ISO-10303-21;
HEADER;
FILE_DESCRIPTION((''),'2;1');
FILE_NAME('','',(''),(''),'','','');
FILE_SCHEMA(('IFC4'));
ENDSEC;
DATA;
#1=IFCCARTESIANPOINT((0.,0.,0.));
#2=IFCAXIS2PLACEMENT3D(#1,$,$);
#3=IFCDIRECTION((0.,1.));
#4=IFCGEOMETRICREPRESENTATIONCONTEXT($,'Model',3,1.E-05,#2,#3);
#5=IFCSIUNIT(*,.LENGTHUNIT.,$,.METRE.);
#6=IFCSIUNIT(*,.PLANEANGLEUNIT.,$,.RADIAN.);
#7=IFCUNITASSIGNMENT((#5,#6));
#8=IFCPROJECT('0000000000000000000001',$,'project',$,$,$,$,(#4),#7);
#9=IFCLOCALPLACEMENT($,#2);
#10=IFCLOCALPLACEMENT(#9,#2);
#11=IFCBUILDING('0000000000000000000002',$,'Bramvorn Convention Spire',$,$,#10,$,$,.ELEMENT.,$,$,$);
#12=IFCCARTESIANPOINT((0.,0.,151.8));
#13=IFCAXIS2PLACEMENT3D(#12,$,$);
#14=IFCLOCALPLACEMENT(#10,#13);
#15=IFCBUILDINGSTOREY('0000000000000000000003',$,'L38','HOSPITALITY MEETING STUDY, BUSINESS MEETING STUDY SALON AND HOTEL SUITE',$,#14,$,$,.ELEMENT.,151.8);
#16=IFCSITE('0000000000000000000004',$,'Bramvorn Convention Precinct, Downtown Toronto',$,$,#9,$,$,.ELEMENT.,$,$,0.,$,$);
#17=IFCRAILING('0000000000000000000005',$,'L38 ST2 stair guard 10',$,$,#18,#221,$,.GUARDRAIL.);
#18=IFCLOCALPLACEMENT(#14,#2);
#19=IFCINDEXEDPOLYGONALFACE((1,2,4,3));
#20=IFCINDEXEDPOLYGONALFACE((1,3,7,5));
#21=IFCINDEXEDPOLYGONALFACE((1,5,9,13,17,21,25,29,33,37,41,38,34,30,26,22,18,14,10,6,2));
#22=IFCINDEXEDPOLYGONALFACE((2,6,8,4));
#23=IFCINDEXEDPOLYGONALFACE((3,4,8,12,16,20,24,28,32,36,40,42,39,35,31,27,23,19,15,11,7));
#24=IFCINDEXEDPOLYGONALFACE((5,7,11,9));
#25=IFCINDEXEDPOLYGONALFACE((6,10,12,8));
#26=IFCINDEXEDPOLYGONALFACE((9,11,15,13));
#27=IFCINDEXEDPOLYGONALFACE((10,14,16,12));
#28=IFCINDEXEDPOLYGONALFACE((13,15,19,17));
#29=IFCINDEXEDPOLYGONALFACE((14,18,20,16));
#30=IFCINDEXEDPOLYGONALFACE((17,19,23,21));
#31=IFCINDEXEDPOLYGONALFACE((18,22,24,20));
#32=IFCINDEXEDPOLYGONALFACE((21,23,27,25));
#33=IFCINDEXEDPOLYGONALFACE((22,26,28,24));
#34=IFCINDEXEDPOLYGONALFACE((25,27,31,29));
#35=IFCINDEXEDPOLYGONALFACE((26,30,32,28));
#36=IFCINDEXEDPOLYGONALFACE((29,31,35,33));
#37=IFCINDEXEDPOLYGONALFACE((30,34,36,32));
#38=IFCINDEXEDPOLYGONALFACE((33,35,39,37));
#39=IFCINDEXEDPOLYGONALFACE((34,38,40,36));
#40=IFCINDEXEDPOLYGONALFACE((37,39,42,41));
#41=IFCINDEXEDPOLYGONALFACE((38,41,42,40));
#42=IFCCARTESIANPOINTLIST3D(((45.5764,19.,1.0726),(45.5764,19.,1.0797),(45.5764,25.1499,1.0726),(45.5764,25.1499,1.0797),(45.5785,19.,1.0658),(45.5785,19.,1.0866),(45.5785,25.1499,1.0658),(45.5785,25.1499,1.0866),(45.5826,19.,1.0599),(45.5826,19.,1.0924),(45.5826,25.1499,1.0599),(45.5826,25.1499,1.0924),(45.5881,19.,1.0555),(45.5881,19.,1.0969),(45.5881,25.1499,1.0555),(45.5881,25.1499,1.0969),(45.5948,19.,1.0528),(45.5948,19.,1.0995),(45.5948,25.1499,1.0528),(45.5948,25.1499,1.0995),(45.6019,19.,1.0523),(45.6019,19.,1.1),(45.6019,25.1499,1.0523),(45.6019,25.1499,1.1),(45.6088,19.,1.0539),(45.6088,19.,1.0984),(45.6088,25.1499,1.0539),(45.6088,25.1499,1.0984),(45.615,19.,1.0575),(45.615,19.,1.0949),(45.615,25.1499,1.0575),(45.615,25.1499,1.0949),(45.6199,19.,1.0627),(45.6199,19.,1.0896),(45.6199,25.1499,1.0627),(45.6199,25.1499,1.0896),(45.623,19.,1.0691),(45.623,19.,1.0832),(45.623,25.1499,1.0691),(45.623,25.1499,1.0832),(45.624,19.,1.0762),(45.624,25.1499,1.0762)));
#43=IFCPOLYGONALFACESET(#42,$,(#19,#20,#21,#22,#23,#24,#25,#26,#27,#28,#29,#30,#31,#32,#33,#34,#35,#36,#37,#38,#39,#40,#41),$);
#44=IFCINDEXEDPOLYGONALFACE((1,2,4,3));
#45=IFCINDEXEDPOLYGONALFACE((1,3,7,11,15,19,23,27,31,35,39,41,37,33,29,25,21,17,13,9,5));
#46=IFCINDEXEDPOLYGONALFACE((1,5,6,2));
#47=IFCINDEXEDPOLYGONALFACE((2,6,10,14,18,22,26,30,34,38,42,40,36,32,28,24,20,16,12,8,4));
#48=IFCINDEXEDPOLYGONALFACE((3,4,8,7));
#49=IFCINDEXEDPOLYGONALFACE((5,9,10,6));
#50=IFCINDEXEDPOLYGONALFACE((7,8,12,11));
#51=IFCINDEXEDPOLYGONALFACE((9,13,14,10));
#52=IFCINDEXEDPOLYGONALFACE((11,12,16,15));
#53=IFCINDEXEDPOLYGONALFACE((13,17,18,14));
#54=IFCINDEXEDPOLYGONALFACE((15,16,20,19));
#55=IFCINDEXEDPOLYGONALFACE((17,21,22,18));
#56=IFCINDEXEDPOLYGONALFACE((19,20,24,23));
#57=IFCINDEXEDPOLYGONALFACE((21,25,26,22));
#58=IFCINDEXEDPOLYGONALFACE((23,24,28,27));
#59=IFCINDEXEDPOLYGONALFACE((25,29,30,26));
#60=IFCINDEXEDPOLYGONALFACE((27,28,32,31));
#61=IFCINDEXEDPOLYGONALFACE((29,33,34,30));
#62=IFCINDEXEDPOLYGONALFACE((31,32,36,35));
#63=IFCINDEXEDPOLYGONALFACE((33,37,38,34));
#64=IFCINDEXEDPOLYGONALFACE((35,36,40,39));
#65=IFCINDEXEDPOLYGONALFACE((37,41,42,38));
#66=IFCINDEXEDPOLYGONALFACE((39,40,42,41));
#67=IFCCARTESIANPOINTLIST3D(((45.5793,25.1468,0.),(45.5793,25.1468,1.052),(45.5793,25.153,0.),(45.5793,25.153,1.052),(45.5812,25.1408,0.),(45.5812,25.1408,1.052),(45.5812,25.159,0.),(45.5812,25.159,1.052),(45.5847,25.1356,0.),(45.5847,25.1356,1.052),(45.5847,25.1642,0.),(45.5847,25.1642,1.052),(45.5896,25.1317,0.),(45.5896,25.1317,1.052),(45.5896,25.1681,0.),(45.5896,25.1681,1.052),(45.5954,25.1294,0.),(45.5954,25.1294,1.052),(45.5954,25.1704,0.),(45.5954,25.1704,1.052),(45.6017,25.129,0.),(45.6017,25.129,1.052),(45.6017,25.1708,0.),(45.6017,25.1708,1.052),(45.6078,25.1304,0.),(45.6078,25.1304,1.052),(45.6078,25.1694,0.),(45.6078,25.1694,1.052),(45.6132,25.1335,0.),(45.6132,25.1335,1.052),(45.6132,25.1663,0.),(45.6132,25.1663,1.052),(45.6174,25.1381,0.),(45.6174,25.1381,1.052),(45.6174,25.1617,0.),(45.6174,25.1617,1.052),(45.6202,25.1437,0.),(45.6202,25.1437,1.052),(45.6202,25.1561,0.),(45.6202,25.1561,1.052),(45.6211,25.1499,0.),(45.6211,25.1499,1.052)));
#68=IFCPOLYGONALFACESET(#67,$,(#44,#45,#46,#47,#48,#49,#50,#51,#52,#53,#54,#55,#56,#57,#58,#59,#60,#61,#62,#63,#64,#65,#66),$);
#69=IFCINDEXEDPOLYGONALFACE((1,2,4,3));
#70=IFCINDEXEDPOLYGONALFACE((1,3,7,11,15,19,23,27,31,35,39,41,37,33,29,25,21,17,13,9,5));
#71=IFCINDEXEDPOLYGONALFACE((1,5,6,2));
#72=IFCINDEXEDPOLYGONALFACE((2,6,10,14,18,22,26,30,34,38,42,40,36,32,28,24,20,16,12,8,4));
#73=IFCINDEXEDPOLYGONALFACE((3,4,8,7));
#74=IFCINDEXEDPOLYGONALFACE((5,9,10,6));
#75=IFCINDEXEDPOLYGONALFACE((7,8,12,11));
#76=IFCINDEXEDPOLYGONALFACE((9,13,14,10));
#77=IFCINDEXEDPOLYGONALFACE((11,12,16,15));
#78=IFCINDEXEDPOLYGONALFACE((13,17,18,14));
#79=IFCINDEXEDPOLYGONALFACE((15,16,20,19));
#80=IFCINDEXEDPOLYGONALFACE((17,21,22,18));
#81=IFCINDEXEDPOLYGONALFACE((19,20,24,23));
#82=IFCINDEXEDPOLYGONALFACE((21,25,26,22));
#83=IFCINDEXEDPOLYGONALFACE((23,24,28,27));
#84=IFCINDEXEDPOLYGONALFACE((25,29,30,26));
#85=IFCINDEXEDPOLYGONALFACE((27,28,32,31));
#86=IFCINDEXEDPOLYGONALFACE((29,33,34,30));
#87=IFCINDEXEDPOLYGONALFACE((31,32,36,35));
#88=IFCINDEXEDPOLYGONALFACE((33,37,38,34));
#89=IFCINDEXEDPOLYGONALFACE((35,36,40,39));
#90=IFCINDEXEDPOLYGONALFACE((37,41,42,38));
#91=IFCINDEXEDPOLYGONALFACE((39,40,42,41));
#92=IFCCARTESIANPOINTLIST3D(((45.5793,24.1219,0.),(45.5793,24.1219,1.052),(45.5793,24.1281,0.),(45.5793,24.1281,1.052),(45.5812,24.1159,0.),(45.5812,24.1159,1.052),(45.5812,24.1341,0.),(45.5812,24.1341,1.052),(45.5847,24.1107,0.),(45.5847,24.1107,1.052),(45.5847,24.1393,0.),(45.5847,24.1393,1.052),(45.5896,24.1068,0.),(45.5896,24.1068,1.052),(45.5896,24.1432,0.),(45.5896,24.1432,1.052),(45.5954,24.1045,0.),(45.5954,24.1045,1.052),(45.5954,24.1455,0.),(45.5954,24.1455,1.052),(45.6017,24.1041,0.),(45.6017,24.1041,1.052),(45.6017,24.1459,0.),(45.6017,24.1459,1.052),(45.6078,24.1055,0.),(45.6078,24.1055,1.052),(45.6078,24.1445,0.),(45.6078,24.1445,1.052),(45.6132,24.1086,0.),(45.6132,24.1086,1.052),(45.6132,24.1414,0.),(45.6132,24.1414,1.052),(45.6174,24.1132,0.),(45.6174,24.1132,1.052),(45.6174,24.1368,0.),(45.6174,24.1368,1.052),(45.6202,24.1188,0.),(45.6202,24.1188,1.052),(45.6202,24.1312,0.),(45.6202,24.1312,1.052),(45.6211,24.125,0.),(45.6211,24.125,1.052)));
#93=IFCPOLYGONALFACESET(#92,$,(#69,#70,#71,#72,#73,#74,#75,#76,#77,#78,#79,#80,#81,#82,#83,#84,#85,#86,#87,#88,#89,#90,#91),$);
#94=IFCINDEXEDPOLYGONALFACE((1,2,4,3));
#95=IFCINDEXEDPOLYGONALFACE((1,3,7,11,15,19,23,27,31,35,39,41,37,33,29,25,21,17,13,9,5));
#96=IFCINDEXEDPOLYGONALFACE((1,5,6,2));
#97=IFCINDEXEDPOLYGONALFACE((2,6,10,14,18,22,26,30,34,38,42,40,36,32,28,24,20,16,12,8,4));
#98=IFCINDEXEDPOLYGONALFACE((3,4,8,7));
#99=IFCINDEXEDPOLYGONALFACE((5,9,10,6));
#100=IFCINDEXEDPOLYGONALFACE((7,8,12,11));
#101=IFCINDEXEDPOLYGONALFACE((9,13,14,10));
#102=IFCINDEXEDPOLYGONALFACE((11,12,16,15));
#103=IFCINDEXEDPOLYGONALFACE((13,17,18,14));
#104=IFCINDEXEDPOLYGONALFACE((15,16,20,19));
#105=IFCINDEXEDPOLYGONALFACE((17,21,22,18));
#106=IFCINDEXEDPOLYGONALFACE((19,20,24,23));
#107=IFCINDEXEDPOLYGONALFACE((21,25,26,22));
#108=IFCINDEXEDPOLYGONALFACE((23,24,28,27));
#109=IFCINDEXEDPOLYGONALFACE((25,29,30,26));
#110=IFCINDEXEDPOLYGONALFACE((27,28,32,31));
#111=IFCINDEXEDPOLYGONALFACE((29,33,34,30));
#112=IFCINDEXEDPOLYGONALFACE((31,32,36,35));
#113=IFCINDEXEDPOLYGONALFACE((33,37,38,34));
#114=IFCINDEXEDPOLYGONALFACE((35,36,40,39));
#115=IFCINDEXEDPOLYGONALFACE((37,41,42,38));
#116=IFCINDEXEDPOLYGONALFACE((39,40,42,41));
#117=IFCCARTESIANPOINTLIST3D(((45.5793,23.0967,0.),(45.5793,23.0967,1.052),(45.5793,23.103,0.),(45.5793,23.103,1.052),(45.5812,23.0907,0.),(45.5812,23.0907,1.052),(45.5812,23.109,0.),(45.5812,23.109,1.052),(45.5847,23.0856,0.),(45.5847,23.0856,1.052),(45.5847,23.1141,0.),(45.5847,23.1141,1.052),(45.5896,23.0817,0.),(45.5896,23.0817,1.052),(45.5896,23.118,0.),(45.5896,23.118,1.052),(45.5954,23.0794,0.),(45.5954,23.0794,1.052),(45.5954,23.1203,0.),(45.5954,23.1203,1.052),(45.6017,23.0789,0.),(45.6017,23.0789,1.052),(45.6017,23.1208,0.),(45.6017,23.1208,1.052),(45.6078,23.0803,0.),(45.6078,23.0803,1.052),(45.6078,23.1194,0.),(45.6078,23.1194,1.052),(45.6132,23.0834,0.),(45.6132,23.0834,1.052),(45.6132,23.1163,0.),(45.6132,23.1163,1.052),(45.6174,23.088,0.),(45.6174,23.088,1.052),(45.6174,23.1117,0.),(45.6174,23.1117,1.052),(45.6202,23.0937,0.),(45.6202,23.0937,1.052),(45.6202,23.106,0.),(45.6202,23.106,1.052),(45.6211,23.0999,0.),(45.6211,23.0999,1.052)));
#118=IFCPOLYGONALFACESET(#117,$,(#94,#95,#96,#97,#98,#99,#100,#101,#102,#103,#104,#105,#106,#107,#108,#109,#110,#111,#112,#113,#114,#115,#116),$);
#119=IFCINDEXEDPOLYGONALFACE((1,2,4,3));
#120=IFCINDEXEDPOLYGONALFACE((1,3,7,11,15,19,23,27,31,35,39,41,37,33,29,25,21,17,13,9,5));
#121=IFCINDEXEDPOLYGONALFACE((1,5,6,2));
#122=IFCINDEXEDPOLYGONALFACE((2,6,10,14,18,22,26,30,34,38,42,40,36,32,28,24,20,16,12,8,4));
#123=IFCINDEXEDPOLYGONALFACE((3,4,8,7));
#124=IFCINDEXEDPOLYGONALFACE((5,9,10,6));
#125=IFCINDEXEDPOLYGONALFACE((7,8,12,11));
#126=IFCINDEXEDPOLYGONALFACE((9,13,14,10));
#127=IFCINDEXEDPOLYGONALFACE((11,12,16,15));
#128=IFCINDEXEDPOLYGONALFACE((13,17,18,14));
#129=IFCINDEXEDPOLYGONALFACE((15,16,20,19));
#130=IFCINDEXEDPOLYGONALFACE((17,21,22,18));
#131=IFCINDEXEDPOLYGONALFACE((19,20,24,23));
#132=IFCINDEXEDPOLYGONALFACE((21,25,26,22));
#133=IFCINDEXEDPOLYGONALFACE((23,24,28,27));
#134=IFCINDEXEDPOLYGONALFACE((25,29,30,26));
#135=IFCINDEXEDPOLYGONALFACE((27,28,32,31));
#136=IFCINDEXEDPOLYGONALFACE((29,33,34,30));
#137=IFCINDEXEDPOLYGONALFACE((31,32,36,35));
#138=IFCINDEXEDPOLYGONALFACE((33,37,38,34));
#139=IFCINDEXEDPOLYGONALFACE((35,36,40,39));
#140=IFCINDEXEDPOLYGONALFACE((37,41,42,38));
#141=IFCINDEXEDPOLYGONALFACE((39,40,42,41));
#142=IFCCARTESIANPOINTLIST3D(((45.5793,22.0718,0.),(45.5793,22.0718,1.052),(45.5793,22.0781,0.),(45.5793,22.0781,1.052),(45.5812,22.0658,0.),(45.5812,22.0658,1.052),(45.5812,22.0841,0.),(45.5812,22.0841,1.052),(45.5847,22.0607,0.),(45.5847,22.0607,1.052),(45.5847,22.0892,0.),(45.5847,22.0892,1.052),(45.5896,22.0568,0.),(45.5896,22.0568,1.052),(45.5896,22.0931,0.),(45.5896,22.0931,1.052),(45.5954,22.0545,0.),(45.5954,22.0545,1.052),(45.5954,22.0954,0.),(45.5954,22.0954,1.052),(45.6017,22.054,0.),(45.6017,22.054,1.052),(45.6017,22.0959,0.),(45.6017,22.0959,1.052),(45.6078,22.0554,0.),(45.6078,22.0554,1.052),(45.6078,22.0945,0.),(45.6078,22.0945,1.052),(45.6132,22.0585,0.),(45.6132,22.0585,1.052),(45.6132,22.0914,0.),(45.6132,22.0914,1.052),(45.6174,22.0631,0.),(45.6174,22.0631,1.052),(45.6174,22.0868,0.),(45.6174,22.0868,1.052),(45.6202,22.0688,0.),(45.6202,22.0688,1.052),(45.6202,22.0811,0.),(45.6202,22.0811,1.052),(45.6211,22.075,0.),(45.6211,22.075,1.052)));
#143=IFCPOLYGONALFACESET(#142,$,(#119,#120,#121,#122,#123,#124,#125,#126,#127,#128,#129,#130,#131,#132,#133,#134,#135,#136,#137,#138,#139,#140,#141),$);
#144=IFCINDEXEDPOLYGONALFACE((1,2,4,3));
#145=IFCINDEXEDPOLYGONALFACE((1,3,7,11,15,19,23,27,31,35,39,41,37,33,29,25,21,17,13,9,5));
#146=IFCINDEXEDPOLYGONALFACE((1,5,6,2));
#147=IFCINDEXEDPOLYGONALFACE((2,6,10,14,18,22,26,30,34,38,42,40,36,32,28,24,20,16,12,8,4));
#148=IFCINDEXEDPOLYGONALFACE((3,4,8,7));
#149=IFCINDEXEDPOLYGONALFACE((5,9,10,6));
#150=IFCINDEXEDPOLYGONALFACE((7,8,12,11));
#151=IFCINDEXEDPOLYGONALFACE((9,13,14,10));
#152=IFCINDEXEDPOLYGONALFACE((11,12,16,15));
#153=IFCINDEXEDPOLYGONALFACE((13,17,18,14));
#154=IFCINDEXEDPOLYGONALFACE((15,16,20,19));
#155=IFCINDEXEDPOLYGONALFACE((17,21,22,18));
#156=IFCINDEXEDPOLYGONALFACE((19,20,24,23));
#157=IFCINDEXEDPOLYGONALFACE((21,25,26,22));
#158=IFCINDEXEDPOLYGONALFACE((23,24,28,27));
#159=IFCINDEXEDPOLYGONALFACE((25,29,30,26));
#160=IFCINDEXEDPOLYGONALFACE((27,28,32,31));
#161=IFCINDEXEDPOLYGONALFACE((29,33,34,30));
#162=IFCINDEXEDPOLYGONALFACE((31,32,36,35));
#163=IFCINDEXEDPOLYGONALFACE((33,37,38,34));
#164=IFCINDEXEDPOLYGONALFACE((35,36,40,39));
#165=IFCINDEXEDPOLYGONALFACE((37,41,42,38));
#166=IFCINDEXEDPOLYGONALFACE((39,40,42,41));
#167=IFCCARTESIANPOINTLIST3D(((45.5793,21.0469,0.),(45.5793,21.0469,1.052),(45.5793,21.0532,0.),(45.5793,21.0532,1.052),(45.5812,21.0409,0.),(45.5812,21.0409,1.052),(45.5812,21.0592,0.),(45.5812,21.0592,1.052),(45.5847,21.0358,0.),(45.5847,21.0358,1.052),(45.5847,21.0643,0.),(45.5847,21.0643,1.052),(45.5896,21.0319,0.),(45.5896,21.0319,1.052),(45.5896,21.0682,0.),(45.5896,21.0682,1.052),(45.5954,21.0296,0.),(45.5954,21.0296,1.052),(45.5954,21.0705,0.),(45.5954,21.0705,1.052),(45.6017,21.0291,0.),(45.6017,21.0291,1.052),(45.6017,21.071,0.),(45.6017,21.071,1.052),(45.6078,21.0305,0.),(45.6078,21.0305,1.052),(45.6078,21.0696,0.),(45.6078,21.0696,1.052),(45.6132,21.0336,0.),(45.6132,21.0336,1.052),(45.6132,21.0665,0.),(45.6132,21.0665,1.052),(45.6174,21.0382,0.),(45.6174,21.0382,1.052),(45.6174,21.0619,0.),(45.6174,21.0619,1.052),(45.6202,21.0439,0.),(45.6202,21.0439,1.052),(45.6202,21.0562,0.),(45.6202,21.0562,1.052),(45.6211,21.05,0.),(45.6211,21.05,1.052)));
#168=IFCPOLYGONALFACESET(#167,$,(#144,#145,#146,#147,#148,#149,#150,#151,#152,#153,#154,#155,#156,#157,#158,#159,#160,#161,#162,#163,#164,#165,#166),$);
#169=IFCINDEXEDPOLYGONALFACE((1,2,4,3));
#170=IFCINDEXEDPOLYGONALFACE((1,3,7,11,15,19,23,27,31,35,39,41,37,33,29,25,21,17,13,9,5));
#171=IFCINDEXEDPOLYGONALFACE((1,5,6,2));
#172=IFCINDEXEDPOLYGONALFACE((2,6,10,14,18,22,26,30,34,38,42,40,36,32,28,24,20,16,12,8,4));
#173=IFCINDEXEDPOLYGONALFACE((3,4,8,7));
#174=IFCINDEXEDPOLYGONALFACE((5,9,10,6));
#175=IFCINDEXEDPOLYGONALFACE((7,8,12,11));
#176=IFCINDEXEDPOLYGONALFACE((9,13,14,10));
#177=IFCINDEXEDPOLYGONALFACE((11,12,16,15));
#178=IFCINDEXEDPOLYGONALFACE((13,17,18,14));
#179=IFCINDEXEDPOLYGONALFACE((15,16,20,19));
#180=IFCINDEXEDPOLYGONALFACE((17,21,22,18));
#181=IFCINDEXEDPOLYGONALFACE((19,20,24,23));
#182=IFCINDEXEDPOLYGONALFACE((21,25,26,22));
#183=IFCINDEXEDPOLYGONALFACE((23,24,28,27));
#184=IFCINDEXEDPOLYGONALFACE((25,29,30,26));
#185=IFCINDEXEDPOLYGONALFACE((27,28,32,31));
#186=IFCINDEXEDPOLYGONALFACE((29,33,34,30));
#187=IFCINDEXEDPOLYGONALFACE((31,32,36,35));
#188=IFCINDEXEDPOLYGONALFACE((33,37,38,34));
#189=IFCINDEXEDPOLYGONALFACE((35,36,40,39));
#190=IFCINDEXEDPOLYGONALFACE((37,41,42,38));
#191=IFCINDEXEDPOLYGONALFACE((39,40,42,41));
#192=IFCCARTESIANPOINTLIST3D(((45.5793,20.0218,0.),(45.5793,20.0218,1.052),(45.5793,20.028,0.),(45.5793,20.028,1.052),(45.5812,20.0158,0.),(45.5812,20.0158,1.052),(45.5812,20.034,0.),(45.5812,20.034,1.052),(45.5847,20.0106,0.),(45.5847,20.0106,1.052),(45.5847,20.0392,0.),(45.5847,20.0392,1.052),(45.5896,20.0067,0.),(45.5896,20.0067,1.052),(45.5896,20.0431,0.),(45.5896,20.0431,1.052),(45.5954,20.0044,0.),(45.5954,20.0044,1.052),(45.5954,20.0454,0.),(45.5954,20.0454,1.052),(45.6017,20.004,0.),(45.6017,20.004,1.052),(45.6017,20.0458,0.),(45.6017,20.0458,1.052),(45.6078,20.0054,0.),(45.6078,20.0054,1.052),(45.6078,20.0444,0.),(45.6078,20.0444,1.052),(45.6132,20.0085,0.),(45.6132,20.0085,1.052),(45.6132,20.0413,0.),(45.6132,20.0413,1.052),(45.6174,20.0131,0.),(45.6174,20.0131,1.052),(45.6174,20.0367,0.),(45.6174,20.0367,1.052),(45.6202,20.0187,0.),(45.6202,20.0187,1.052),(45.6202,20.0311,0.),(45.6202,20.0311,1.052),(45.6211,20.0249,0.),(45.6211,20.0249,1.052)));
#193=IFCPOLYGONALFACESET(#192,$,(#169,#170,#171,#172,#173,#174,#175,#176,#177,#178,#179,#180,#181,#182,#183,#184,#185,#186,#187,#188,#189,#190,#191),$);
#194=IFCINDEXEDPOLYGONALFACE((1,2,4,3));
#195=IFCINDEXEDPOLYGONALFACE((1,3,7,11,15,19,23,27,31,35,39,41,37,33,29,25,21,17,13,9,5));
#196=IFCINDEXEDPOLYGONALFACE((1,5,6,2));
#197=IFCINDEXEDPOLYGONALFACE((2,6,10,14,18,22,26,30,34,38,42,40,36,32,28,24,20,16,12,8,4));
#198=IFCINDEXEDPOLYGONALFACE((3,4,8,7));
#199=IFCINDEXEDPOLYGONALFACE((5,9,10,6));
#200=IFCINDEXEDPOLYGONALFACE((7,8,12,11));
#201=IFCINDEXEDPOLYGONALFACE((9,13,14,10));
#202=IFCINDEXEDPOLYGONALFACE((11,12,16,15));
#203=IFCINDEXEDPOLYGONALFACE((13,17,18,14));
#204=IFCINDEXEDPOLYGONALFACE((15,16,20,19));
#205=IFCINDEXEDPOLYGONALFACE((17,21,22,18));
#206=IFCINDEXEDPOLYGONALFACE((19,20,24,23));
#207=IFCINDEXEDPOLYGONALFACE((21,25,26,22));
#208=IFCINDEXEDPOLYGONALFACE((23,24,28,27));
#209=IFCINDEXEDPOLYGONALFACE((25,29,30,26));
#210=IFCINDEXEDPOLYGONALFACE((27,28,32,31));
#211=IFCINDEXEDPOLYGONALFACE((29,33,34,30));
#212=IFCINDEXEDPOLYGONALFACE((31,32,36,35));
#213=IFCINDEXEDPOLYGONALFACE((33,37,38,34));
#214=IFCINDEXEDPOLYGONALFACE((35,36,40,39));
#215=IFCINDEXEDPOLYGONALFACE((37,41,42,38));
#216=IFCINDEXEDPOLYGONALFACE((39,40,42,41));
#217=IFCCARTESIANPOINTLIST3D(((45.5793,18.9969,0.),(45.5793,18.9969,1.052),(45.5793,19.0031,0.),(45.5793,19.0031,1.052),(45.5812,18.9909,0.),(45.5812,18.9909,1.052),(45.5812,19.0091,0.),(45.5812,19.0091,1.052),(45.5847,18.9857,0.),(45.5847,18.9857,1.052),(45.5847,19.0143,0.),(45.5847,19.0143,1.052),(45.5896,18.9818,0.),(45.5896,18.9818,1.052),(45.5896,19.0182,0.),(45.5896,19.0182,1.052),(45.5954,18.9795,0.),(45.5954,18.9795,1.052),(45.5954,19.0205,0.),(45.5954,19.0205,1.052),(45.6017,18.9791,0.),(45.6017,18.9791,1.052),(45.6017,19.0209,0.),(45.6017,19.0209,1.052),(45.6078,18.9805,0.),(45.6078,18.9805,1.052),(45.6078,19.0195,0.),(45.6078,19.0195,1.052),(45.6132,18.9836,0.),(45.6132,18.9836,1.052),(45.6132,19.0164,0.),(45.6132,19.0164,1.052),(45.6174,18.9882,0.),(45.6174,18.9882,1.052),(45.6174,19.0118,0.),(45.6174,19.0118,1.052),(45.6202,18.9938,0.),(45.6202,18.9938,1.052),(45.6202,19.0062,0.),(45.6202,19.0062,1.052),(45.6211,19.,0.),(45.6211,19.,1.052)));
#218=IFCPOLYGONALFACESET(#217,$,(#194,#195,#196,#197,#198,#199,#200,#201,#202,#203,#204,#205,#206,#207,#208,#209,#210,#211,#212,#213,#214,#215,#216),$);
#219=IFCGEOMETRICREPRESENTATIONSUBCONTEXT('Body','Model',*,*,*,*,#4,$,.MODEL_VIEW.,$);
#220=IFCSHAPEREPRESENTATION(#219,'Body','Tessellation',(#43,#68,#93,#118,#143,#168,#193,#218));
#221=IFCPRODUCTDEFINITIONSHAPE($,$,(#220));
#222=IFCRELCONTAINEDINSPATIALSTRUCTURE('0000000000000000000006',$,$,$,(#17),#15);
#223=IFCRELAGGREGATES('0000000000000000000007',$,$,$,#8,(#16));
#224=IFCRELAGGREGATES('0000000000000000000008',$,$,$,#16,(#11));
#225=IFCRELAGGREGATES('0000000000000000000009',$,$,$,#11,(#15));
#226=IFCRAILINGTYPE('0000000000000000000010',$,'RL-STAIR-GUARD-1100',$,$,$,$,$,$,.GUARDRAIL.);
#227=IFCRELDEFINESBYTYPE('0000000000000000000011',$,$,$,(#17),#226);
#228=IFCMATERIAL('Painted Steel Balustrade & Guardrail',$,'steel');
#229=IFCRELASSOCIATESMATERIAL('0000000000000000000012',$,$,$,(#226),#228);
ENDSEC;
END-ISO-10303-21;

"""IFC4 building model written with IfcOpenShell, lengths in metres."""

from ifc_helpers import new_model, si_unit, direction, frame, origin, origin_2d, place, context, subcontext, project, spatial, circle, extrude, material, type_object, element, save


model = new_model("IFC4")

# Units and contexts
model_context = context("Model", 3, precision=1e-05, world=origin(), true_north=direction((0.0, 1.0)))
body_context = subcontext(model_context, "Body", "Model", "MODEL_VIEW")
ifc_project = project(units=[si_unit("LENGTHUNIT", "METRE"), si_unit("PLANEANGLEUNIT", "RADIAN")], contexts=[model_context])

# Site, building, storey
site_placement = place(None, origin())
site = spatial("IfcSite", under=ifc_project, at=site_placement, Name="Bramvorn Convention Precinct, Downtown Toronto", CompositionType="ELEMENT", RefElevation=0.0)
building_placement = place(site_placement, origin())
building = spatial("IfcBuilding", under=site, at=building_placement, Name="Bramvorn Convention Spire", CompositionType="ELEMENT")
storey_placement = place(building_placement, frame((0.0, 0.0, 151.8)))
storey = spatial("IfcBuildingStorey", under=building, at=storey_placement, Name="L38", Description="HOSPITALITY MEETING STUDY, BUSINESS MEETING STUDY SALON AND HOTEL SUITE", CompositionType="ELEMENT", Elevation=151.8)

# Railing
ifc_material_1 = material(Name="Painted Steel Balustrade & Guardrail", Category="steel")
railing_type_1 = type_object("IfcRailingType", Name="RL-STAIR-GUARD-1100", PredefinedType="GUARDRAIL", material=ifc_material_1)
railing_1_placement = place(storey_placement, frame((45.6001, 25.1499, 0.0)))
element("IfcRailing", 1, at=railing_1_placement, inside=storey, type_object=railing_type_1, Name="L38 ST2 stair guard 10", PredefinedType="GUARDRAIL", context=body_context, shape_type="SweptSolid", body=[
    extrude(circle(Radius=0.0239, at=origin_2d()), frame((0.0, 0.0, 1.0762), z_axis=(0.0, -1.0, 0.0), x_axis=(1.0, 0.0, 0.0)), (0.0, 0.0, 1.0), 6.1499),
    extrude(circle(Radius=0.021, at=origin_2d()), origin(), (0.0, 0.0, 1.0), 1.052),
    extrude(circle(Radius=0.021, at=origin_2d()), frame((0.0, -1.0249, 0.0)), (0.0, 0.0, 1.0), 1.052),
    extrude(circle(Radius=0.021, at=origin_2d()), frame((0.0, -2.05, 0.0)), (0.0, 0.0, 1.0), 1.052),
    extrude(circle(Radius=0.021, at=origin_2d()), frame((0.0, -3.075, 0.0)), (0.0, 0.0, 1.0), 1.052),
    extrude(circle(Radius=0.021, at=origin_2d()), frame((0.0, -4.0999, 0.0)), (0.0, 0.0, 1.0), 1.052),
    extrude(circle(Radius=0.021, at=origin_2d()), frame((0.0, -5.125, 0.0)), (0.0, 0.0, 1.0), 1.052),
    extrude(circle(Radius=0.021, at=origin_2d()), frame((0.0, -6.1499, 0.0)), (0.0, 0.0, 1.0), 1.052),
])

save(model, "model.ifc")
